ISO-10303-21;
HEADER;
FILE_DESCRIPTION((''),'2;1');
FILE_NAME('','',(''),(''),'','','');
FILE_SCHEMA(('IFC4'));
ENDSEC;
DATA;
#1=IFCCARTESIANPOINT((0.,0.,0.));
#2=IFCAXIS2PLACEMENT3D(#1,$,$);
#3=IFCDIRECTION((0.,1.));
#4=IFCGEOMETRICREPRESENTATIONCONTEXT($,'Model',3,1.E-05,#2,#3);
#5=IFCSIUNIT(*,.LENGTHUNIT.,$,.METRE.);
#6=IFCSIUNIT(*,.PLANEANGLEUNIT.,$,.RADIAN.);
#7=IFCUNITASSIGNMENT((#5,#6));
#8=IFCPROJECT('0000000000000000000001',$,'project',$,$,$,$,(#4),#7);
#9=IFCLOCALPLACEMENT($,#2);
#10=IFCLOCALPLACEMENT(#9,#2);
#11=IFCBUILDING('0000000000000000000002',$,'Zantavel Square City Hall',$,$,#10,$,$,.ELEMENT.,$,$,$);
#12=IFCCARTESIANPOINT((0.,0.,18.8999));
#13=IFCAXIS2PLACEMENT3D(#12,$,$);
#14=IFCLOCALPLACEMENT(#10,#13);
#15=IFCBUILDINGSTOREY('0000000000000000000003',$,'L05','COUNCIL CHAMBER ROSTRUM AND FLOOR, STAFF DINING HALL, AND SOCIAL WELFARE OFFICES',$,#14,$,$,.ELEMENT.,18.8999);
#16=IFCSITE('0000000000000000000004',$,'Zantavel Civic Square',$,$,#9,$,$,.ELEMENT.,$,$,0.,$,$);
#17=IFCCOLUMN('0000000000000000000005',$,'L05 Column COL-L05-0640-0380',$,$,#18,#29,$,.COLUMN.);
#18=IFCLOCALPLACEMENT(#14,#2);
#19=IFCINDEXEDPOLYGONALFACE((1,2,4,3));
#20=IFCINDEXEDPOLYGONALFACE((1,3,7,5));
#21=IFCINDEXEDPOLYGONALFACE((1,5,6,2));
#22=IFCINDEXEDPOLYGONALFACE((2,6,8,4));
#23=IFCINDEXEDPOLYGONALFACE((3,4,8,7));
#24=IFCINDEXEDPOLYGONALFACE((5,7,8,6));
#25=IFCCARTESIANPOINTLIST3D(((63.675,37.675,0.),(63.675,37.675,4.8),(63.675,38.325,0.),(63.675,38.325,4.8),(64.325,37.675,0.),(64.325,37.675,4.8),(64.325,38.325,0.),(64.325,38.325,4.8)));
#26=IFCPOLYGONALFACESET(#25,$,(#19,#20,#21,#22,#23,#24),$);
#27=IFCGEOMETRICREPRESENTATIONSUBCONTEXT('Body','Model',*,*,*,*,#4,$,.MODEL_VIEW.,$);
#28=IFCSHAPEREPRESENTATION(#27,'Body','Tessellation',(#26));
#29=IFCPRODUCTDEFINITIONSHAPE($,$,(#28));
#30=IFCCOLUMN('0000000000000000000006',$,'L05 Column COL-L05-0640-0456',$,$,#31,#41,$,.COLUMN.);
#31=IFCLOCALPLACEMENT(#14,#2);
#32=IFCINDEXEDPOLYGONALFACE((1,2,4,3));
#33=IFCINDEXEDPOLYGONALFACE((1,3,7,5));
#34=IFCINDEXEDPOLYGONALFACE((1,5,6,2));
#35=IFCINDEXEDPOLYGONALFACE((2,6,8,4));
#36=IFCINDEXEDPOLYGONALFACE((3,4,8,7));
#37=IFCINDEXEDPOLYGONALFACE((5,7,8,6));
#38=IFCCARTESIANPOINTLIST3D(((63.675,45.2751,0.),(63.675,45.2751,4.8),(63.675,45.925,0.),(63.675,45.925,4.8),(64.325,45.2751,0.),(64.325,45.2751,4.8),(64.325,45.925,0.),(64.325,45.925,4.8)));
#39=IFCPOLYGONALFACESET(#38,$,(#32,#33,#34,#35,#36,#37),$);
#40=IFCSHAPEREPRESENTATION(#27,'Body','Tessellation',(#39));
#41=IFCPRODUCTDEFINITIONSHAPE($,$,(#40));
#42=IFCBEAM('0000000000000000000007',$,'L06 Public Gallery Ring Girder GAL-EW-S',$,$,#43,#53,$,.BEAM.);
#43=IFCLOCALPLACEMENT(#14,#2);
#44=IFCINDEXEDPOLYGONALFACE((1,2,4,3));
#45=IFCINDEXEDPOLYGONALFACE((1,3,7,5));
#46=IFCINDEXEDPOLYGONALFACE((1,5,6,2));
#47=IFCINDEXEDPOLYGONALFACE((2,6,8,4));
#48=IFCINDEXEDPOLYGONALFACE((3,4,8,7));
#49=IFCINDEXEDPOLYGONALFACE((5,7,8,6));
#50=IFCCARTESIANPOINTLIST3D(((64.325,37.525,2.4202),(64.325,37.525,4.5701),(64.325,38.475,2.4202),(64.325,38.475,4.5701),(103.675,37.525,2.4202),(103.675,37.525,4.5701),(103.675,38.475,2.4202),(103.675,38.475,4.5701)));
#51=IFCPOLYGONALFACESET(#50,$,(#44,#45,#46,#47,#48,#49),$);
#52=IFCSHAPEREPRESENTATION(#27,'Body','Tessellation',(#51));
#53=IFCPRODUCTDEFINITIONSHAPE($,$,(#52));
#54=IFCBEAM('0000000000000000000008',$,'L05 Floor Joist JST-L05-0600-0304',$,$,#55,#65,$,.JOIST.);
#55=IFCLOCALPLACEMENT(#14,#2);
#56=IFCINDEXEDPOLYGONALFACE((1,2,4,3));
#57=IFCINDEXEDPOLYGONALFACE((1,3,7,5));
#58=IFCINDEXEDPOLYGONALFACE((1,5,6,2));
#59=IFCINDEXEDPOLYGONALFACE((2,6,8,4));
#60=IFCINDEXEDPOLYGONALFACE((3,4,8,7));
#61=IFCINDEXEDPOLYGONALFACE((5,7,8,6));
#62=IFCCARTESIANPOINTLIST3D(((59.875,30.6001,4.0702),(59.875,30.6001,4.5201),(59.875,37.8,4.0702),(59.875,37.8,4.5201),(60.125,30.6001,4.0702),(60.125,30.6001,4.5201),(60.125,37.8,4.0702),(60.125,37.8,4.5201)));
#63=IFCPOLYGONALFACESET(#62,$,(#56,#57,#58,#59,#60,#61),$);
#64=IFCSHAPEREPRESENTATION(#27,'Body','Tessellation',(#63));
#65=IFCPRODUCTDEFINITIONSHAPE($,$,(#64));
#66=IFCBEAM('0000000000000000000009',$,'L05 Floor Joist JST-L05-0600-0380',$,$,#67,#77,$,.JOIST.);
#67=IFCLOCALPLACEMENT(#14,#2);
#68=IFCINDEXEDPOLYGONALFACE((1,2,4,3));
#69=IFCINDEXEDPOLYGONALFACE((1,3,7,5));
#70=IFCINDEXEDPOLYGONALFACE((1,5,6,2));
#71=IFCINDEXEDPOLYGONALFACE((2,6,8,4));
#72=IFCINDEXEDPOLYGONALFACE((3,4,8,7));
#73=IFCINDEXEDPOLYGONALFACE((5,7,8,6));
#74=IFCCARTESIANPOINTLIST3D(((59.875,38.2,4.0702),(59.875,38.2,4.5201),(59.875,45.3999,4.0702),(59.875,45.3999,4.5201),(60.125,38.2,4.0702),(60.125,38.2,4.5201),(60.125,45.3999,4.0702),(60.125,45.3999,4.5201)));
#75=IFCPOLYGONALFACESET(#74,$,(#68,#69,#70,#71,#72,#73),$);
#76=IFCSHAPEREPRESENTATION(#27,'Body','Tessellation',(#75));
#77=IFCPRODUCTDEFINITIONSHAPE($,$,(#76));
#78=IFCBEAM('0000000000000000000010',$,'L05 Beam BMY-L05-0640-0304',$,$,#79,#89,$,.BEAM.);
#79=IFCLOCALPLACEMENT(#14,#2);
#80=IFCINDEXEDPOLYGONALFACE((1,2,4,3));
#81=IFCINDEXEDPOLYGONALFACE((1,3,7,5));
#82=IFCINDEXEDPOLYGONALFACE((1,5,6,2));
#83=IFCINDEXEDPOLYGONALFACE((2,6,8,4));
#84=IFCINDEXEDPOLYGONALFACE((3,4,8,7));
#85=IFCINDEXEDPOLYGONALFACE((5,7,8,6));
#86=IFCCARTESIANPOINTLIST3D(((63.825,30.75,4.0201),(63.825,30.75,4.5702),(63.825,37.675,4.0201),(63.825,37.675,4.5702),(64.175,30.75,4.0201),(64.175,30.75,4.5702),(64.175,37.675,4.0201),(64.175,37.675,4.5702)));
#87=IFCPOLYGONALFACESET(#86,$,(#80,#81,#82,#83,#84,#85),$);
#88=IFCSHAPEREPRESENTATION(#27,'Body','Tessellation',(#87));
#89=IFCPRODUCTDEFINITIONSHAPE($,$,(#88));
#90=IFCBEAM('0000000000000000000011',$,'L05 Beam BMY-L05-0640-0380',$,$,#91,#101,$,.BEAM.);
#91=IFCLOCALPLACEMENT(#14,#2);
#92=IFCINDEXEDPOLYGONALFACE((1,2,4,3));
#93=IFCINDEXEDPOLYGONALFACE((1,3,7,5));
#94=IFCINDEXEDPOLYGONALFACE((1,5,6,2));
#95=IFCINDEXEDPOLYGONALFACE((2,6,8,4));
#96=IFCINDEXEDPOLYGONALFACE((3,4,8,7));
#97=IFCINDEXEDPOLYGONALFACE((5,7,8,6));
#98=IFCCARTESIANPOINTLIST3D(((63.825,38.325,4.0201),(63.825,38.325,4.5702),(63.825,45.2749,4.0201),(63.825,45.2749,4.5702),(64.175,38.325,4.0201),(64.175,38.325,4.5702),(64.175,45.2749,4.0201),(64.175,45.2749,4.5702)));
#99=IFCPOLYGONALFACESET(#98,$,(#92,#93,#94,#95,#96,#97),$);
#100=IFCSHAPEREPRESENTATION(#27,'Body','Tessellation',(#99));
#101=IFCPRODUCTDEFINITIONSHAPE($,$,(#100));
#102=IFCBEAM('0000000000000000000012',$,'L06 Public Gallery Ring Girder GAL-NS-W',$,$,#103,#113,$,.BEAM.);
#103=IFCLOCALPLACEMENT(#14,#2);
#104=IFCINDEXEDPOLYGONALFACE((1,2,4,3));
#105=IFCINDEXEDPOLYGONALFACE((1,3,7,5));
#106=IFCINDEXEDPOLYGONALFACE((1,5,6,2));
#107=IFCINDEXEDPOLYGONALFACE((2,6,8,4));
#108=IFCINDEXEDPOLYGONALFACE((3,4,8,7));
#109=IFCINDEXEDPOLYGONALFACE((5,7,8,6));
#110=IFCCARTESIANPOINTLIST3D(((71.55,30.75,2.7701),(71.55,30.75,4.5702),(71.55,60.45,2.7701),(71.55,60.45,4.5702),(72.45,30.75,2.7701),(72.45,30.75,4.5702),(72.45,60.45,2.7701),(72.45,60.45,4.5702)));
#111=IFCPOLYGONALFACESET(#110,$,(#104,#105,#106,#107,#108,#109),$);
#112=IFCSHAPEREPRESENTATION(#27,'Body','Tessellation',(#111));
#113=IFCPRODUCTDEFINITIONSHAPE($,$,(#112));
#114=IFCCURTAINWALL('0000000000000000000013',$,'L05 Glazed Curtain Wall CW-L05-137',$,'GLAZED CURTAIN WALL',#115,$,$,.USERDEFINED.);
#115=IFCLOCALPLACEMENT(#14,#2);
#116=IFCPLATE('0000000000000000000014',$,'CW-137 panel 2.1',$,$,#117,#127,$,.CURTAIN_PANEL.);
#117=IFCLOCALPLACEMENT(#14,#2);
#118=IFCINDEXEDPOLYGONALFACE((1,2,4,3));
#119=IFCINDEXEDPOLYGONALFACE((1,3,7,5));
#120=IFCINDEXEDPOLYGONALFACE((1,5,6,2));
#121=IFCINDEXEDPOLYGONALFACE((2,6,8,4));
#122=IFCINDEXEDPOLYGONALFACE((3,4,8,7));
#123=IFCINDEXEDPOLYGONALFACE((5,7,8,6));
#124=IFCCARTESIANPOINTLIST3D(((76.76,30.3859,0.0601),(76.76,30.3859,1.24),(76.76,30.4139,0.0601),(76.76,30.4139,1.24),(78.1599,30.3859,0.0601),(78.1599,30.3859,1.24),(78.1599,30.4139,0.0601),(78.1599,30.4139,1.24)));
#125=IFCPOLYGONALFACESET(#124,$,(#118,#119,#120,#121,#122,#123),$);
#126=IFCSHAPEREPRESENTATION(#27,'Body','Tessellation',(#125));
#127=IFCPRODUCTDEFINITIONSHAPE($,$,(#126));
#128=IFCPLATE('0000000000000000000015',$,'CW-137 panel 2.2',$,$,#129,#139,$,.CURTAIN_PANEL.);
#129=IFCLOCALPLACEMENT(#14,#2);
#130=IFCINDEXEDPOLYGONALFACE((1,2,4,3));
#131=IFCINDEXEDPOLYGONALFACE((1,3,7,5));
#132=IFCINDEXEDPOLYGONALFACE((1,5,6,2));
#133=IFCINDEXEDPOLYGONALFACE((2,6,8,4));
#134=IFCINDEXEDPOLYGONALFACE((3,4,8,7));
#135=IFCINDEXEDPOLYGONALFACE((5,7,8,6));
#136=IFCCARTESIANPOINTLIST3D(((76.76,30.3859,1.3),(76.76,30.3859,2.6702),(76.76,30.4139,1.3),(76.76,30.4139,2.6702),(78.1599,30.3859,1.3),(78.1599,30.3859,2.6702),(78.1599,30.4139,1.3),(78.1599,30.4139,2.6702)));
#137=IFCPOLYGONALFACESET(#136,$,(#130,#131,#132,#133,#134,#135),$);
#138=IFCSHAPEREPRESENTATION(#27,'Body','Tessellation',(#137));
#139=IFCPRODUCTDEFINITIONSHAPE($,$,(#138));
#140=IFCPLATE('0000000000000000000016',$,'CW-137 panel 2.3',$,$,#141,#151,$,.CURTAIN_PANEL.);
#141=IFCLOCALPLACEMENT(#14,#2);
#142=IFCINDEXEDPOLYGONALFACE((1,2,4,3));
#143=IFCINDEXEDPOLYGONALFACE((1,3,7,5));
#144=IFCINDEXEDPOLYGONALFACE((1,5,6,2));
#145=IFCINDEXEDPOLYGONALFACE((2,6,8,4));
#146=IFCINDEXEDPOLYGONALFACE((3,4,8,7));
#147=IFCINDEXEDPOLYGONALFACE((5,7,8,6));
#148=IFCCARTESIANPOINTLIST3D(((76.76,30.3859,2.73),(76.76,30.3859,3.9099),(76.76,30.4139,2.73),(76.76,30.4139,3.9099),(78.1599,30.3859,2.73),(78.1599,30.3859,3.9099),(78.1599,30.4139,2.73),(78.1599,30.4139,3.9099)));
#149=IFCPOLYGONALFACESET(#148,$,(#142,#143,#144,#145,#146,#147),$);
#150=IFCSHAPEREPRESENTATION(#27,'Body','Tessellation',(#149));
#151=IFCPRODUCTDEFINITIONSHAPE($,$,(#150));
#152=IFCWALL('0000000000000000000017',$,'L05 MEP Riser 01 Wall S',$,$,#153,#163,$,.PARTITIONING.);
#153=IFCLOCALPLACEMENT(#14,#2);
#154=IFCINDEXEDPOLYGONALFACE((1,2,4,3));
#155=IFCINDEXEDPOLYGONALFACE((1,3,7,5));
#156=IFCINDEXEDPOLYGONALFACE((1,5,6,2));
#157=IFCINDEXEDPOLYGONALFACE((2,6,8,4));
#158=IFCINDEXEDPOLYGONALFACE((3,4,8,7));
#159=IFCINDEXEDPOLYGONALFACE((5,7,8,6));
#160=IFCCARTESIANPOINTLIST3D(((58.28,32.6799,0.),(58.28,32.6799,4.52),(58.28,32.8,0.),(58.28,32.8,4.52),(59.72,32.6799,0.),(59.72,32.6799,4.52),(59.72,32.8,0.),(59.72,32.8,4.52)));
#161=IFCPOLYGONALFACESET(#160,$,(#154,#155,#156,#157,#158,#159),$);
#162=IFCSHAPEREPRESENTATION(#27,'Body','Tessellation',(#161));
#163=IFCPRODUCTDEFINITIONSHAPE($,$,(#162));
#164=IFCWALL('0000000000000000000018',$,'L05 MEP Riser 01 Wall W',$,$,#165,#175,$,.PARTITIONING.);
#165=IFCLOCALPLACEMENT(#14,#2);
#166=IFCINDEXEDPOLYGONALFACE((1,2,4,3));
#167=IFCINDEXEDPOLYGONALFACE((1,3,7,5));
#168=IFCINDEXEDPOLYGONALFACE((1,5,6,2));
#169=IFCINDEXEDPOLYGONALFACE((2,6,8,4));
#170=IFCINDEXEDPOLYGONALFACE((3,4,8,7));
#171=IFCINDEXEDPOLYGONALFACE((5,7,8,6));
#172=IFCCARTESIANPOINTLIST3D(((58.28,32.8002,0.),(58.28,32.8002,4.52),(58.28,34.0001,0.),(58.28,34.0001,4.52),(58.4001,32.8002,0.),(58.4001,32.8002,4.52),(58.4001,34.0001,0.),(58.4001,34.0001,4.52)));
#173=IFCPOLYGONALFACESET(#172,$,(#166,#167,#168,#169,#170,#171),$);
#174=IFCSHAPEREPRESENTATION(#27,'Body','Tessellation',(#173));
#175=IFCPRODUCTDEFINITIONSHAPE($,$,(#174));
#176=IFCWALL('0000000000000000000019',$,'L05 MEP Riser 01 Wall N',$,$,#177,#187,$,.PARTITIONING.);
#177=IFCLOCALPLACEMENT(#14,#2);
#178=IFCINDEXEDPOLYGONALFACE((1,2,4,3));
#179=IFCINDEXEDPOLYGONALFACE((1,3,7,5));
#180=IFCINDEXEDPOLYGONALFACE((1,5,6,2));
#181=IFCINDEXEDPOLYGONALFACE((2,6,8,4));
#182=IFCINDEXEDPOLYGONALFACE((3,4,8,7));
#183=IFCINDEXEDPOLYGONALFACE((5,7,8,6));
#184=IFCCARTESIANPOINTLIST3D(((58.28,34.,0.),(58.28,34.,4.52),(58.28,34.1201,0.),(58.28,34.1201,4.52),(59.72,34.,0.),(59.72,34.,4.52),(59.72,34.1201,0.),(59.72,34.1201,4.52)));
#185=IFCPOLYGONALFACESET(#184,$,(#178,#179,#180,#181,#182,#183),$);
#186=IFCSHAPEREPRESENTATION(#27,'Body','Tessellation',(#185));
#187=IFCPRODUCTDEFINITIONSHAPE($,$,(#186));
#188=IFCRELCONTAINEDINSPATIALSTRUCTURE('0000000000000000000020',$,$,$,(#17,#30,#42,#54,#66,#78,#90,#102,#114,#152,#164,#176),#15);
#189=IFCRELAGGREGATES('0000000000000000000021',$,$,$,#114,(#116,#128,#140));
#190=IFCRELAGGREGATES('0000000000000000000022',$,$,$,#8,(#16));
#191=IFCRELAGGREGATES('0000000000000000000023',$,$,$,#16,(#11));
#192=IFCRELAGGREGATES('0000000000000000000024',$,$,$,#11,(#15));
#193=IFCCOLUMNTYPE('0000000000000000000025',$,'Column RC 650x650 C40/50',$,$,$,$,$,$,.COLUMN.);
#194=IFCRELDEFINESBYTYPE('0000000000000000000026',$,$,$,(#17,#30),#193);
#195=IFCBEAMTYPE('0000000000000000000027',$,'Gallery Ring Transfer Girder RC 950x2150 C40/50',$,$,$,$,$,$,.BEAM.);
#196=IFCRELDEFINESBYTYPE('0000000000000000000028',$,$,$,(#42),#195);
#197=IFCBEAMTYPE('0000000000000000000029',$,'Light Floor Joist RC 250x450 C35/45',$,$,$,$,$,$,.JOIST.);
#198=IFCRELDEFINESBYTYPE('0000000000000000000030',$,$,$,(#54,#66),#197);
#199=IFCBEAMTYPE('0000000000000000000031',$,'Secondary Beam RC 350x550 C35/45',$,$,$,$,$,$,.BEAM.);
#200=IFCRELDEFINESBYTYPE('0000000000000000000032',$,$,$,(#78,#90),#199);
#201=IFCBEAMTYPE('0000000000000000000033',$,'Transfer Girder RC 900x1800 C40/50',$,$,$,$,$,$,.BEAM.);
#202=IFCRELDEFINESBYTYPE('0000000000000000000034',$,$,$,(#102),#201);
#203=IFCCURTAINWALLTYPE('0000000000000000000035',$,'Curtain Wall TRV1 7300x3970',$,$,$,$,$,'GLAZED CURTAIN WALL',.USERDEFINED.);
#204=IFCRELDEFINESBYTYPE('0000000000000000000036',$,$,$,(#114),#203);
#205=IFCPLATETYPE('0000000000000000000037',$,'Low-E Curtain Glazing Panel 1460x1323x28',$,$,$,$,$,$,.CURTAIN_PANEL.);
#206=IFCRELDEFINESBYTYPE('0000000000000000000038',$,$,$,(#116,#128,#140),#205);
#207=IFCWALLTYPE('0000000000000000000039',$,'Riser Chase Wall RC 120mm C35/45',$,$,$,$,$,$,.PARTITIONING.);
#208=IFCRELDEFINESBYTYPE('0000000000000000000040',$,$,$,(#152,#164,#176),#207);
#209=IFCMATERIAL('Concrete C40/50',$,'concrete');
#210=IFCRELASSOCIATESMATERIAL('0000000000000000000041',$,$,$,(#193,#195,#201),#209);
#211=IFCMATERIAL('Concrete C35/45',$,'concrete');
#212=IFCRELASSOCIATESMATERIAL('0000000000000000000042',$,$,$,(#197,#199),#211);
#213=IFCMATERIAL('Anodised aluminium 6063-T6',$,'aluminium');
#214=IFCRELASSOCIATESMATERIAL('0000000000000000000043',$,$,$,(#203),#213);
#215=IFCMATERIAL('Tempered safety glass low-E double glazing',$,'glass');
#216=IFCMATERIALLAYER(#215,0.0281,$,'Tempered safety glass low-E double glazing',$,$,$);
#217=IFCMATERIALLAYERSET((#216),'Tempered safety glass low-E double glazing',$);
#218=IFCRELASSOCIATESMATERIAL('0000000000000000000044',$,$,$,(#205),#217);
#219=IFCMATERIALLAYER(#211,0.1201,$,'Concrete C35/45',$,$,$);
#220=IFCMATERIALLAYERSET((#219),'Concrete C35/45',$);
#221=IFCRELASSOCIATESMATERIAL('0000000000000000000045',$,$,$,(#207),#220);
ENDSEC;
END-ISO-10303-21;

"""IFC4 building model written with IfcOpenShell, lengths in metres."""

from ifc_helpers import new_model, si_unit, direction, frame, frame_2d, origin, origin_2d, place, context, subcontext, project, spatial, rectangle, extrude, material, layer, layer_set, material_profile, profile_set, type_object, element, aggregate, save


model = new_model("IFC4")

# Units and contexts
model_context = context("Model", 3, precision=1e-05, world=origin(), true_north=direction((0.0, 1.0)))
body_context = subcontext(model_context, "Body", "Model", "MODEL_VIEW")
ifc_project = project(units=[si_unit("LENGTHUNIT", "METRE"), si_unit("PLANEANGLEUNIT", "RADIAN")], contexts=[model_context])

# Site, building, storey
site_placement = place(None, origin())
site = spatial("IfcSite", under=ifc_project, at=site_placement, Name="Zantavel Civic Square", CompositionType="ELEMENT", RefElevation=0.0)
building_placement = place(site_placement, origin())
building = spatial("IfcBuilding", under=site, at=building_placement, Name="Zantavel Square City Hall", CompositionType="ELEMENT")
storey_placement = place(building_placement, frame((0.0, 0.0, 18.8999)))
storey = spatial("IfcBuildingStorey", under=building, at=storey_placement, Name="L05", Description="COUNCIL CHAMBER ROSTRUM AND FLOOR, STAFF DINING HALL, AND SOCIAL WELFARE OFFICES", CompositionType="ELEMENT", Elevation=18.8999)

# Columns
ifc_material_1 = material(Name="Concrete C40/50", Category="concrete")
ifc_material_profile_1 = material_profile(ifc_material_1, rectangle(XDim=0.6499, YDim=0.6499, at=origin_2d()), Name="RC 650x650")
ifc_profile_set_1 = profile_set([ifc_material_profile_1], Name="Concrete C40/50")
column_type = type_object("IfcColumnType", Name="Column RC 650x650 C40/50", PredefinedType="COLUMN", material=ifc_profile_set_1)
for number, where, z_axis, x_axis, name in (
    (1, (64.0, 38.0, 0.0), (0.0, 0.0, 1.0), (1.0, 0.0, 0.0), "L05 Column COL-L05-0640-0380"),
    (2, (64.0, 45.6001, 0.0), (0.0, 0.0, 1.0), (1.0, 0.0, 0.0), "L05 Column COL-L05-0640-0456"),
):
    element("IfcColumn", number, at=place(storey_placement, frame(where, z_axis=z_axis, x_axis=x_axis)), inside=storey, type_object=column_type, Name=name, PredefinedType="COLUMN", context=body_context, shape_type="SweptSolid", body=[
        extrude(rectangle(XDim=0.6499, YDim=0.6499, at=origin_2d()), origin(), (0.0, 0.0, 1.0), 4.8),
    ])

# Beams
ifc_material_profile_2 = material_profile(ifc_material_1, rectangle(XDim=0.95, YDim=2.1499, at=origin_2d()), Name="RC 950x2150")
ifc_profile_set_2 = profile_set([ifc_material_profile_2], Name="Concrete C40/50")
beam_type_1 = type_object("IfcBeamType", Name="Gallery Ring Transfer Girder RC 950x2150 C40/50", PredefinedType="BEAM", material=ifc_profile_set_2)
beam_1_placement = place(storey_placement, frame((64.325, 38.0, 3.4951), z_axis=(1.0, 0.0, 0.0), x_axis=(0.0, 1.0, 0.0)))
element("IfcBeam", 3, at=beam_1_placement, inside=storey, type_object=beam_type_1, Name="L06 Public Gallery Ring Girder GAL-EW-S", PredefinedType="BEAM", context=body_context, shape_type="SweptSolid", body=[
    extrude(rectangle(XDim=0.95, YDim=2.1499, at=origin_2d()), origin(), (0.0, 0.0, 1.0), 39.3501),
])
ifc_material_2 = material(Name="Concrete C35/45", Category="concrete")
ifc_material_profile_3 = material_profile(ifc_material_2, rectangle(XDim=0.25, YDim=0.45, at=origin_2d()), Name="RC 250x450")
ifc_profile_set_3 = profile_set([ifc_material_profile_3], Name="Concrete C35/45")
beam_type_2 = type_object("IfcBeamType", Name="Light Floor Joist RC 250x450 C35/45", PredefinedType="JOIST", material=ifc_profile_set_3)
for number, where, z_axis, x_axis, name in (
    (4, (60.0, 30.6001, 4.2952), (0.0, 1.0, 0.0), (-1.0, 0.0, 0.0), "L05 Floor Joist JST-L05-0600-0304"),
    (5, (60.0, 38.2, 4.2952), (0.0, 1.0, 0.0), (-1.0, 0.0, 0.0), "L05 Floor Joist JST-L05-0600-0380"),
):
    element("IfcBeam", number, at=place(storey_placement, frame(where, z_axis=z_axis, x_axis=x_axis)), inside=storey, type_object=beam_type_2, Name=name, PredefinedType="JOIST", context=body_context, shape_type="SweptSolid", body=[
        extrude(rectangle(XDim=0.25, YDim=0.45, at=origin_2d()), origin(), (0.0, 0.0, 1.0), 7.2),
    ])
ifc_material_profile_4 = material_profile(ifc_material_2, rectangle(XDim=0.3501, YDim=0.55, at=origin_2d()), Name="RC 350x550")
ifc_profile_set_4 = profile_set([ifc_material_profile_4], Name="Concrete C35/45")
beam_type_3 = type_object("IfcBeamType", Name="Secondary Beam RC 350x550 C35/45", PredefinedType="BEAM", material=ifc_profile_set_4)
beam_2_placement = place(storey_placement, frame((64.0, 30.75, 4.2952), z_axis=(0.0, 1.0, 0.0), x_axis=(-1.0, 0.0, 0.0)))
element("IfcBeam", 6, at=beam_2_placement, inside=storey, type_object=beam_type_3, Name="L05 Beam BMY-L05-0640-0304", PredefinedType="BEAM", context=body_context, shape_type="SweptSolid", body=[
    extrude(rectangle(XDim=0.3501, YDim=0.55, at=origin_2d()), origin(), (0.0, 0.0, 1.0), 6.925),
])
beam_3_placement = place(storey_placement, frame((64.0, 38.325, 4.2952), z_axis=(0.0, 1.0, 0.0), x_axis=(-1.0, 0.0, 0.0)))
element("IfcBeam", 7, at=beam_3_placement, inside=storey, type_object=beam_type_3, Name="L05 Beam BMY-L05-0640-0380", PredefinedType="BEAM", context=body_context, shape_type="SweptSolid", body=[
    extrude(rectangle(XDim=0.3501, YDim=0.55, at=origin_2d()), origin(), (0.0, 0.0, 1.0), 6.95),
])
ifc_material_profile_5 = material_profile(ifc_material_1, rectangle(XDim=0.8999, YDim=1.8, at=origin_2d()), Name="RC 900x1800")
ifc_profile_set_5 = profile_set([ifc_material_profile_5], Name="Concrete C40/50")
beam_type_4 = type_object("IfcBeamType", Name="Transfer Girder RC 900x1800 C40/50", PredefinedType="BEAM", material=ifc_profile_set_5)
beam_4_placement = place(storey_placement, frame((72.0, 30.75, 3.6702), z_axis=(0.0, 1.0, 0.0), x_axis=(-1.0, 0.0, 0.0)))
element("IfcBeam", 8, at=beam_4_placement, inside=storey, type_object=beam_type_4, Name="L06 Public Gallery Ring Girder GAL-NS-W", PredefinedType="BEAM", context=body_context, shape_type="SweptSolid", body=[
    extrude(rectangle(XDim=0.8999, YDim=1.8, at=origin_2d()), origin(), (0.0, 0.0, 1.0), 29.7),
])

# Curtain wall, plates
ifc_material_3 = material(Name="Anodised aluminium 6063-T6", Category="aluminium")
curtain_wall_type = type_object("IfcCurtainWallType", Name="Curtain Wall TRV1 7300x3970", ElementType="GLAZED CURTAIN WALL", PredefinedType="USERDEFINED", material=ifc_material_3)
curtain_wall_placement = place(storey_placement, origin())
curtain_wall = element("IfcCurtainWall", 9, at=curtain_wall_placement, inside=storey, type_object=curtain_wall_type, Name="L05 Glazed Curtain Wall CW-L05-137", ObjectType="GLAZED CURTAIN WALL", PredefinedType="USERDEFINED")
ifc_material_4 = material(Name="Tempered safety glass low-E double glazing", Category="glass")
ifc_layer_1 = layer(ifc_material_4, 0.0281, Name="Tempered safety glass low-E double glazing")
ifc_layer_set_1 = layer_set([ifc_layer_1], Name="Tempered safety glass low-E double glazing")
plate_type = type_object("IfcPlateType", Name="Low-E Curtain Glazing Panel 1460x1323x28", PredefinedType="CURTAIN_PANEL", material=ifc_layer_set_1)
plate_1_placement = place(storey_placement, frame((77.46, 30.3999, 0.0601), z_axis=(0.0, 0.0, 1.0), x_axis=(-1.0, 0.0, 0.0)))
plate_1 = element("IfcPlate", 10, at=plate_1_placement, type_object=plate_type, Name="CW-137 panel 2.1", PredefinedType="CURTAIN_PANEL", context=body_context, shape_type="SweptSolid", body=[
    extrude(rectangle(XDim=1.3999, YDim=0.0281, at=origin_2d()), origin(), (0.0, 0.0, 1.0), 1.1799),
])
plate_2_placement = place(storey_placement, frame((77.46, 30.3999, 1.3), z_axis=(0.0, 0.0, 1.0), x_axis=(-1.0, 0.0, 0.0)))
plate_2 = element("IfcPlate", 11, at=plate_2_placement, type_object=plate_type, Name="CW-137 panel 2.2", PredefinedType="CURTAIN_PANEL", context=body_context, shape_type="SweptSolid", body=[
    extrude(rectangle(XDim=1.3999, YDim=0.0281, at=origin_2d()), origin(), (0.0, 0.0, 1.0), 1.3701),
])
plate_3_placement = place(storey_placement, frame((77.46, 30.3999, 2.73), z_axis=(0.0, 0.0, 1.0), x_axis=(-1.0, 0.0, 0.0)))
plate_3 = element("IfcPlate", 12, at=plate_3_placement, type_object=plate_type, Name="CW-137 panel 2.3", PredefinedType="CURTAIN_PANEL", context=body_context, shape_type="SweptSolid", body=[
    extrude(rectangle(XDim=1.3999, YDim=0.0281, at=origin_2d()), origin(), (0.0, 0.0, 1.0), 1.1799),
])
aggregate(curtain_wall, [plate_1, plate_2, plate_3])

# Walls
ifc_layer_2 = layer(ifc_material_2, 0.1201, Name="Concrete C35/45")
ifc_layer_set_2 = layer_set([ifc_layer_2], Name="Concrete C35/45")
wall_type = type_object("IfcWallType", Name="Riser Chase Wall RC 120mm C35/45", PredefinedType="PARTITIONING", material=ifc_layer_set_2)
wall_1_placement = place(storey_placement, frame((59.72, 32.74, 0.0), z_axis=(0.0, 0.0, 1.0), x_axis=(-1.0, 0.0, 0.0)))
element("IfcWall", 13, at=wall_1_placement, inside=storey, type_object=wall_type, Name="L05 MEP Riser 01 Wall S", PredefinedType="PARTITIONING", context=body_context, shape_type="SweptSolid", body=[
    extrude(rectangle(XDim=1.4399, YDim=0.1201, at=frame_2d((0.72, 0.0))), origin(), (0.0, 0.0, 1.0), 4.52),
])
wall_2_placement = place(storey_placement, frame((58.3401, 32.8, 0.0), z_axis=(0.0, 0.0, 1.0), x_axis=(0.0, 1.0, 0.0)))
element("IfcWall", 14, at=wall_2_placement, inside=storey, type_object=wall_type, Name="L05 MEP Riser 01 Wall W", PredefinedType="PARTITIONING", context=body_context, shape_type="SweptSolid", body=[
    extrude(rectangle(XDim=1.2, YDim=0.1201, at=frame_2d((0.6001, 0.0))), origin(), (0.0, 0.0, 1.0), 4.52),
])
wall_3_placement = place(storey_placement, frame((58.28, 34.0601, 0.0), z_axis=(0.0, 0.0, 1.0), x_axis=(1.0, 0.0, 0.0)))
element("IfcWall", 15, at=wall_3_placement, inside=storey, type_object=wall_type, Name="L05 MEP Riser 01 Wall N", PredefinedType="PARTITIONING", context=body_context, shape_type="SweptSolid", body=[
    extrude(rectangle(XDim=1.4399, YDim=0.1201, at=frame_2d((0.72, 0.0))), origin(), (0.0, 0.0, 1.0), 4.52),
])

save(model, "model.ifc")
